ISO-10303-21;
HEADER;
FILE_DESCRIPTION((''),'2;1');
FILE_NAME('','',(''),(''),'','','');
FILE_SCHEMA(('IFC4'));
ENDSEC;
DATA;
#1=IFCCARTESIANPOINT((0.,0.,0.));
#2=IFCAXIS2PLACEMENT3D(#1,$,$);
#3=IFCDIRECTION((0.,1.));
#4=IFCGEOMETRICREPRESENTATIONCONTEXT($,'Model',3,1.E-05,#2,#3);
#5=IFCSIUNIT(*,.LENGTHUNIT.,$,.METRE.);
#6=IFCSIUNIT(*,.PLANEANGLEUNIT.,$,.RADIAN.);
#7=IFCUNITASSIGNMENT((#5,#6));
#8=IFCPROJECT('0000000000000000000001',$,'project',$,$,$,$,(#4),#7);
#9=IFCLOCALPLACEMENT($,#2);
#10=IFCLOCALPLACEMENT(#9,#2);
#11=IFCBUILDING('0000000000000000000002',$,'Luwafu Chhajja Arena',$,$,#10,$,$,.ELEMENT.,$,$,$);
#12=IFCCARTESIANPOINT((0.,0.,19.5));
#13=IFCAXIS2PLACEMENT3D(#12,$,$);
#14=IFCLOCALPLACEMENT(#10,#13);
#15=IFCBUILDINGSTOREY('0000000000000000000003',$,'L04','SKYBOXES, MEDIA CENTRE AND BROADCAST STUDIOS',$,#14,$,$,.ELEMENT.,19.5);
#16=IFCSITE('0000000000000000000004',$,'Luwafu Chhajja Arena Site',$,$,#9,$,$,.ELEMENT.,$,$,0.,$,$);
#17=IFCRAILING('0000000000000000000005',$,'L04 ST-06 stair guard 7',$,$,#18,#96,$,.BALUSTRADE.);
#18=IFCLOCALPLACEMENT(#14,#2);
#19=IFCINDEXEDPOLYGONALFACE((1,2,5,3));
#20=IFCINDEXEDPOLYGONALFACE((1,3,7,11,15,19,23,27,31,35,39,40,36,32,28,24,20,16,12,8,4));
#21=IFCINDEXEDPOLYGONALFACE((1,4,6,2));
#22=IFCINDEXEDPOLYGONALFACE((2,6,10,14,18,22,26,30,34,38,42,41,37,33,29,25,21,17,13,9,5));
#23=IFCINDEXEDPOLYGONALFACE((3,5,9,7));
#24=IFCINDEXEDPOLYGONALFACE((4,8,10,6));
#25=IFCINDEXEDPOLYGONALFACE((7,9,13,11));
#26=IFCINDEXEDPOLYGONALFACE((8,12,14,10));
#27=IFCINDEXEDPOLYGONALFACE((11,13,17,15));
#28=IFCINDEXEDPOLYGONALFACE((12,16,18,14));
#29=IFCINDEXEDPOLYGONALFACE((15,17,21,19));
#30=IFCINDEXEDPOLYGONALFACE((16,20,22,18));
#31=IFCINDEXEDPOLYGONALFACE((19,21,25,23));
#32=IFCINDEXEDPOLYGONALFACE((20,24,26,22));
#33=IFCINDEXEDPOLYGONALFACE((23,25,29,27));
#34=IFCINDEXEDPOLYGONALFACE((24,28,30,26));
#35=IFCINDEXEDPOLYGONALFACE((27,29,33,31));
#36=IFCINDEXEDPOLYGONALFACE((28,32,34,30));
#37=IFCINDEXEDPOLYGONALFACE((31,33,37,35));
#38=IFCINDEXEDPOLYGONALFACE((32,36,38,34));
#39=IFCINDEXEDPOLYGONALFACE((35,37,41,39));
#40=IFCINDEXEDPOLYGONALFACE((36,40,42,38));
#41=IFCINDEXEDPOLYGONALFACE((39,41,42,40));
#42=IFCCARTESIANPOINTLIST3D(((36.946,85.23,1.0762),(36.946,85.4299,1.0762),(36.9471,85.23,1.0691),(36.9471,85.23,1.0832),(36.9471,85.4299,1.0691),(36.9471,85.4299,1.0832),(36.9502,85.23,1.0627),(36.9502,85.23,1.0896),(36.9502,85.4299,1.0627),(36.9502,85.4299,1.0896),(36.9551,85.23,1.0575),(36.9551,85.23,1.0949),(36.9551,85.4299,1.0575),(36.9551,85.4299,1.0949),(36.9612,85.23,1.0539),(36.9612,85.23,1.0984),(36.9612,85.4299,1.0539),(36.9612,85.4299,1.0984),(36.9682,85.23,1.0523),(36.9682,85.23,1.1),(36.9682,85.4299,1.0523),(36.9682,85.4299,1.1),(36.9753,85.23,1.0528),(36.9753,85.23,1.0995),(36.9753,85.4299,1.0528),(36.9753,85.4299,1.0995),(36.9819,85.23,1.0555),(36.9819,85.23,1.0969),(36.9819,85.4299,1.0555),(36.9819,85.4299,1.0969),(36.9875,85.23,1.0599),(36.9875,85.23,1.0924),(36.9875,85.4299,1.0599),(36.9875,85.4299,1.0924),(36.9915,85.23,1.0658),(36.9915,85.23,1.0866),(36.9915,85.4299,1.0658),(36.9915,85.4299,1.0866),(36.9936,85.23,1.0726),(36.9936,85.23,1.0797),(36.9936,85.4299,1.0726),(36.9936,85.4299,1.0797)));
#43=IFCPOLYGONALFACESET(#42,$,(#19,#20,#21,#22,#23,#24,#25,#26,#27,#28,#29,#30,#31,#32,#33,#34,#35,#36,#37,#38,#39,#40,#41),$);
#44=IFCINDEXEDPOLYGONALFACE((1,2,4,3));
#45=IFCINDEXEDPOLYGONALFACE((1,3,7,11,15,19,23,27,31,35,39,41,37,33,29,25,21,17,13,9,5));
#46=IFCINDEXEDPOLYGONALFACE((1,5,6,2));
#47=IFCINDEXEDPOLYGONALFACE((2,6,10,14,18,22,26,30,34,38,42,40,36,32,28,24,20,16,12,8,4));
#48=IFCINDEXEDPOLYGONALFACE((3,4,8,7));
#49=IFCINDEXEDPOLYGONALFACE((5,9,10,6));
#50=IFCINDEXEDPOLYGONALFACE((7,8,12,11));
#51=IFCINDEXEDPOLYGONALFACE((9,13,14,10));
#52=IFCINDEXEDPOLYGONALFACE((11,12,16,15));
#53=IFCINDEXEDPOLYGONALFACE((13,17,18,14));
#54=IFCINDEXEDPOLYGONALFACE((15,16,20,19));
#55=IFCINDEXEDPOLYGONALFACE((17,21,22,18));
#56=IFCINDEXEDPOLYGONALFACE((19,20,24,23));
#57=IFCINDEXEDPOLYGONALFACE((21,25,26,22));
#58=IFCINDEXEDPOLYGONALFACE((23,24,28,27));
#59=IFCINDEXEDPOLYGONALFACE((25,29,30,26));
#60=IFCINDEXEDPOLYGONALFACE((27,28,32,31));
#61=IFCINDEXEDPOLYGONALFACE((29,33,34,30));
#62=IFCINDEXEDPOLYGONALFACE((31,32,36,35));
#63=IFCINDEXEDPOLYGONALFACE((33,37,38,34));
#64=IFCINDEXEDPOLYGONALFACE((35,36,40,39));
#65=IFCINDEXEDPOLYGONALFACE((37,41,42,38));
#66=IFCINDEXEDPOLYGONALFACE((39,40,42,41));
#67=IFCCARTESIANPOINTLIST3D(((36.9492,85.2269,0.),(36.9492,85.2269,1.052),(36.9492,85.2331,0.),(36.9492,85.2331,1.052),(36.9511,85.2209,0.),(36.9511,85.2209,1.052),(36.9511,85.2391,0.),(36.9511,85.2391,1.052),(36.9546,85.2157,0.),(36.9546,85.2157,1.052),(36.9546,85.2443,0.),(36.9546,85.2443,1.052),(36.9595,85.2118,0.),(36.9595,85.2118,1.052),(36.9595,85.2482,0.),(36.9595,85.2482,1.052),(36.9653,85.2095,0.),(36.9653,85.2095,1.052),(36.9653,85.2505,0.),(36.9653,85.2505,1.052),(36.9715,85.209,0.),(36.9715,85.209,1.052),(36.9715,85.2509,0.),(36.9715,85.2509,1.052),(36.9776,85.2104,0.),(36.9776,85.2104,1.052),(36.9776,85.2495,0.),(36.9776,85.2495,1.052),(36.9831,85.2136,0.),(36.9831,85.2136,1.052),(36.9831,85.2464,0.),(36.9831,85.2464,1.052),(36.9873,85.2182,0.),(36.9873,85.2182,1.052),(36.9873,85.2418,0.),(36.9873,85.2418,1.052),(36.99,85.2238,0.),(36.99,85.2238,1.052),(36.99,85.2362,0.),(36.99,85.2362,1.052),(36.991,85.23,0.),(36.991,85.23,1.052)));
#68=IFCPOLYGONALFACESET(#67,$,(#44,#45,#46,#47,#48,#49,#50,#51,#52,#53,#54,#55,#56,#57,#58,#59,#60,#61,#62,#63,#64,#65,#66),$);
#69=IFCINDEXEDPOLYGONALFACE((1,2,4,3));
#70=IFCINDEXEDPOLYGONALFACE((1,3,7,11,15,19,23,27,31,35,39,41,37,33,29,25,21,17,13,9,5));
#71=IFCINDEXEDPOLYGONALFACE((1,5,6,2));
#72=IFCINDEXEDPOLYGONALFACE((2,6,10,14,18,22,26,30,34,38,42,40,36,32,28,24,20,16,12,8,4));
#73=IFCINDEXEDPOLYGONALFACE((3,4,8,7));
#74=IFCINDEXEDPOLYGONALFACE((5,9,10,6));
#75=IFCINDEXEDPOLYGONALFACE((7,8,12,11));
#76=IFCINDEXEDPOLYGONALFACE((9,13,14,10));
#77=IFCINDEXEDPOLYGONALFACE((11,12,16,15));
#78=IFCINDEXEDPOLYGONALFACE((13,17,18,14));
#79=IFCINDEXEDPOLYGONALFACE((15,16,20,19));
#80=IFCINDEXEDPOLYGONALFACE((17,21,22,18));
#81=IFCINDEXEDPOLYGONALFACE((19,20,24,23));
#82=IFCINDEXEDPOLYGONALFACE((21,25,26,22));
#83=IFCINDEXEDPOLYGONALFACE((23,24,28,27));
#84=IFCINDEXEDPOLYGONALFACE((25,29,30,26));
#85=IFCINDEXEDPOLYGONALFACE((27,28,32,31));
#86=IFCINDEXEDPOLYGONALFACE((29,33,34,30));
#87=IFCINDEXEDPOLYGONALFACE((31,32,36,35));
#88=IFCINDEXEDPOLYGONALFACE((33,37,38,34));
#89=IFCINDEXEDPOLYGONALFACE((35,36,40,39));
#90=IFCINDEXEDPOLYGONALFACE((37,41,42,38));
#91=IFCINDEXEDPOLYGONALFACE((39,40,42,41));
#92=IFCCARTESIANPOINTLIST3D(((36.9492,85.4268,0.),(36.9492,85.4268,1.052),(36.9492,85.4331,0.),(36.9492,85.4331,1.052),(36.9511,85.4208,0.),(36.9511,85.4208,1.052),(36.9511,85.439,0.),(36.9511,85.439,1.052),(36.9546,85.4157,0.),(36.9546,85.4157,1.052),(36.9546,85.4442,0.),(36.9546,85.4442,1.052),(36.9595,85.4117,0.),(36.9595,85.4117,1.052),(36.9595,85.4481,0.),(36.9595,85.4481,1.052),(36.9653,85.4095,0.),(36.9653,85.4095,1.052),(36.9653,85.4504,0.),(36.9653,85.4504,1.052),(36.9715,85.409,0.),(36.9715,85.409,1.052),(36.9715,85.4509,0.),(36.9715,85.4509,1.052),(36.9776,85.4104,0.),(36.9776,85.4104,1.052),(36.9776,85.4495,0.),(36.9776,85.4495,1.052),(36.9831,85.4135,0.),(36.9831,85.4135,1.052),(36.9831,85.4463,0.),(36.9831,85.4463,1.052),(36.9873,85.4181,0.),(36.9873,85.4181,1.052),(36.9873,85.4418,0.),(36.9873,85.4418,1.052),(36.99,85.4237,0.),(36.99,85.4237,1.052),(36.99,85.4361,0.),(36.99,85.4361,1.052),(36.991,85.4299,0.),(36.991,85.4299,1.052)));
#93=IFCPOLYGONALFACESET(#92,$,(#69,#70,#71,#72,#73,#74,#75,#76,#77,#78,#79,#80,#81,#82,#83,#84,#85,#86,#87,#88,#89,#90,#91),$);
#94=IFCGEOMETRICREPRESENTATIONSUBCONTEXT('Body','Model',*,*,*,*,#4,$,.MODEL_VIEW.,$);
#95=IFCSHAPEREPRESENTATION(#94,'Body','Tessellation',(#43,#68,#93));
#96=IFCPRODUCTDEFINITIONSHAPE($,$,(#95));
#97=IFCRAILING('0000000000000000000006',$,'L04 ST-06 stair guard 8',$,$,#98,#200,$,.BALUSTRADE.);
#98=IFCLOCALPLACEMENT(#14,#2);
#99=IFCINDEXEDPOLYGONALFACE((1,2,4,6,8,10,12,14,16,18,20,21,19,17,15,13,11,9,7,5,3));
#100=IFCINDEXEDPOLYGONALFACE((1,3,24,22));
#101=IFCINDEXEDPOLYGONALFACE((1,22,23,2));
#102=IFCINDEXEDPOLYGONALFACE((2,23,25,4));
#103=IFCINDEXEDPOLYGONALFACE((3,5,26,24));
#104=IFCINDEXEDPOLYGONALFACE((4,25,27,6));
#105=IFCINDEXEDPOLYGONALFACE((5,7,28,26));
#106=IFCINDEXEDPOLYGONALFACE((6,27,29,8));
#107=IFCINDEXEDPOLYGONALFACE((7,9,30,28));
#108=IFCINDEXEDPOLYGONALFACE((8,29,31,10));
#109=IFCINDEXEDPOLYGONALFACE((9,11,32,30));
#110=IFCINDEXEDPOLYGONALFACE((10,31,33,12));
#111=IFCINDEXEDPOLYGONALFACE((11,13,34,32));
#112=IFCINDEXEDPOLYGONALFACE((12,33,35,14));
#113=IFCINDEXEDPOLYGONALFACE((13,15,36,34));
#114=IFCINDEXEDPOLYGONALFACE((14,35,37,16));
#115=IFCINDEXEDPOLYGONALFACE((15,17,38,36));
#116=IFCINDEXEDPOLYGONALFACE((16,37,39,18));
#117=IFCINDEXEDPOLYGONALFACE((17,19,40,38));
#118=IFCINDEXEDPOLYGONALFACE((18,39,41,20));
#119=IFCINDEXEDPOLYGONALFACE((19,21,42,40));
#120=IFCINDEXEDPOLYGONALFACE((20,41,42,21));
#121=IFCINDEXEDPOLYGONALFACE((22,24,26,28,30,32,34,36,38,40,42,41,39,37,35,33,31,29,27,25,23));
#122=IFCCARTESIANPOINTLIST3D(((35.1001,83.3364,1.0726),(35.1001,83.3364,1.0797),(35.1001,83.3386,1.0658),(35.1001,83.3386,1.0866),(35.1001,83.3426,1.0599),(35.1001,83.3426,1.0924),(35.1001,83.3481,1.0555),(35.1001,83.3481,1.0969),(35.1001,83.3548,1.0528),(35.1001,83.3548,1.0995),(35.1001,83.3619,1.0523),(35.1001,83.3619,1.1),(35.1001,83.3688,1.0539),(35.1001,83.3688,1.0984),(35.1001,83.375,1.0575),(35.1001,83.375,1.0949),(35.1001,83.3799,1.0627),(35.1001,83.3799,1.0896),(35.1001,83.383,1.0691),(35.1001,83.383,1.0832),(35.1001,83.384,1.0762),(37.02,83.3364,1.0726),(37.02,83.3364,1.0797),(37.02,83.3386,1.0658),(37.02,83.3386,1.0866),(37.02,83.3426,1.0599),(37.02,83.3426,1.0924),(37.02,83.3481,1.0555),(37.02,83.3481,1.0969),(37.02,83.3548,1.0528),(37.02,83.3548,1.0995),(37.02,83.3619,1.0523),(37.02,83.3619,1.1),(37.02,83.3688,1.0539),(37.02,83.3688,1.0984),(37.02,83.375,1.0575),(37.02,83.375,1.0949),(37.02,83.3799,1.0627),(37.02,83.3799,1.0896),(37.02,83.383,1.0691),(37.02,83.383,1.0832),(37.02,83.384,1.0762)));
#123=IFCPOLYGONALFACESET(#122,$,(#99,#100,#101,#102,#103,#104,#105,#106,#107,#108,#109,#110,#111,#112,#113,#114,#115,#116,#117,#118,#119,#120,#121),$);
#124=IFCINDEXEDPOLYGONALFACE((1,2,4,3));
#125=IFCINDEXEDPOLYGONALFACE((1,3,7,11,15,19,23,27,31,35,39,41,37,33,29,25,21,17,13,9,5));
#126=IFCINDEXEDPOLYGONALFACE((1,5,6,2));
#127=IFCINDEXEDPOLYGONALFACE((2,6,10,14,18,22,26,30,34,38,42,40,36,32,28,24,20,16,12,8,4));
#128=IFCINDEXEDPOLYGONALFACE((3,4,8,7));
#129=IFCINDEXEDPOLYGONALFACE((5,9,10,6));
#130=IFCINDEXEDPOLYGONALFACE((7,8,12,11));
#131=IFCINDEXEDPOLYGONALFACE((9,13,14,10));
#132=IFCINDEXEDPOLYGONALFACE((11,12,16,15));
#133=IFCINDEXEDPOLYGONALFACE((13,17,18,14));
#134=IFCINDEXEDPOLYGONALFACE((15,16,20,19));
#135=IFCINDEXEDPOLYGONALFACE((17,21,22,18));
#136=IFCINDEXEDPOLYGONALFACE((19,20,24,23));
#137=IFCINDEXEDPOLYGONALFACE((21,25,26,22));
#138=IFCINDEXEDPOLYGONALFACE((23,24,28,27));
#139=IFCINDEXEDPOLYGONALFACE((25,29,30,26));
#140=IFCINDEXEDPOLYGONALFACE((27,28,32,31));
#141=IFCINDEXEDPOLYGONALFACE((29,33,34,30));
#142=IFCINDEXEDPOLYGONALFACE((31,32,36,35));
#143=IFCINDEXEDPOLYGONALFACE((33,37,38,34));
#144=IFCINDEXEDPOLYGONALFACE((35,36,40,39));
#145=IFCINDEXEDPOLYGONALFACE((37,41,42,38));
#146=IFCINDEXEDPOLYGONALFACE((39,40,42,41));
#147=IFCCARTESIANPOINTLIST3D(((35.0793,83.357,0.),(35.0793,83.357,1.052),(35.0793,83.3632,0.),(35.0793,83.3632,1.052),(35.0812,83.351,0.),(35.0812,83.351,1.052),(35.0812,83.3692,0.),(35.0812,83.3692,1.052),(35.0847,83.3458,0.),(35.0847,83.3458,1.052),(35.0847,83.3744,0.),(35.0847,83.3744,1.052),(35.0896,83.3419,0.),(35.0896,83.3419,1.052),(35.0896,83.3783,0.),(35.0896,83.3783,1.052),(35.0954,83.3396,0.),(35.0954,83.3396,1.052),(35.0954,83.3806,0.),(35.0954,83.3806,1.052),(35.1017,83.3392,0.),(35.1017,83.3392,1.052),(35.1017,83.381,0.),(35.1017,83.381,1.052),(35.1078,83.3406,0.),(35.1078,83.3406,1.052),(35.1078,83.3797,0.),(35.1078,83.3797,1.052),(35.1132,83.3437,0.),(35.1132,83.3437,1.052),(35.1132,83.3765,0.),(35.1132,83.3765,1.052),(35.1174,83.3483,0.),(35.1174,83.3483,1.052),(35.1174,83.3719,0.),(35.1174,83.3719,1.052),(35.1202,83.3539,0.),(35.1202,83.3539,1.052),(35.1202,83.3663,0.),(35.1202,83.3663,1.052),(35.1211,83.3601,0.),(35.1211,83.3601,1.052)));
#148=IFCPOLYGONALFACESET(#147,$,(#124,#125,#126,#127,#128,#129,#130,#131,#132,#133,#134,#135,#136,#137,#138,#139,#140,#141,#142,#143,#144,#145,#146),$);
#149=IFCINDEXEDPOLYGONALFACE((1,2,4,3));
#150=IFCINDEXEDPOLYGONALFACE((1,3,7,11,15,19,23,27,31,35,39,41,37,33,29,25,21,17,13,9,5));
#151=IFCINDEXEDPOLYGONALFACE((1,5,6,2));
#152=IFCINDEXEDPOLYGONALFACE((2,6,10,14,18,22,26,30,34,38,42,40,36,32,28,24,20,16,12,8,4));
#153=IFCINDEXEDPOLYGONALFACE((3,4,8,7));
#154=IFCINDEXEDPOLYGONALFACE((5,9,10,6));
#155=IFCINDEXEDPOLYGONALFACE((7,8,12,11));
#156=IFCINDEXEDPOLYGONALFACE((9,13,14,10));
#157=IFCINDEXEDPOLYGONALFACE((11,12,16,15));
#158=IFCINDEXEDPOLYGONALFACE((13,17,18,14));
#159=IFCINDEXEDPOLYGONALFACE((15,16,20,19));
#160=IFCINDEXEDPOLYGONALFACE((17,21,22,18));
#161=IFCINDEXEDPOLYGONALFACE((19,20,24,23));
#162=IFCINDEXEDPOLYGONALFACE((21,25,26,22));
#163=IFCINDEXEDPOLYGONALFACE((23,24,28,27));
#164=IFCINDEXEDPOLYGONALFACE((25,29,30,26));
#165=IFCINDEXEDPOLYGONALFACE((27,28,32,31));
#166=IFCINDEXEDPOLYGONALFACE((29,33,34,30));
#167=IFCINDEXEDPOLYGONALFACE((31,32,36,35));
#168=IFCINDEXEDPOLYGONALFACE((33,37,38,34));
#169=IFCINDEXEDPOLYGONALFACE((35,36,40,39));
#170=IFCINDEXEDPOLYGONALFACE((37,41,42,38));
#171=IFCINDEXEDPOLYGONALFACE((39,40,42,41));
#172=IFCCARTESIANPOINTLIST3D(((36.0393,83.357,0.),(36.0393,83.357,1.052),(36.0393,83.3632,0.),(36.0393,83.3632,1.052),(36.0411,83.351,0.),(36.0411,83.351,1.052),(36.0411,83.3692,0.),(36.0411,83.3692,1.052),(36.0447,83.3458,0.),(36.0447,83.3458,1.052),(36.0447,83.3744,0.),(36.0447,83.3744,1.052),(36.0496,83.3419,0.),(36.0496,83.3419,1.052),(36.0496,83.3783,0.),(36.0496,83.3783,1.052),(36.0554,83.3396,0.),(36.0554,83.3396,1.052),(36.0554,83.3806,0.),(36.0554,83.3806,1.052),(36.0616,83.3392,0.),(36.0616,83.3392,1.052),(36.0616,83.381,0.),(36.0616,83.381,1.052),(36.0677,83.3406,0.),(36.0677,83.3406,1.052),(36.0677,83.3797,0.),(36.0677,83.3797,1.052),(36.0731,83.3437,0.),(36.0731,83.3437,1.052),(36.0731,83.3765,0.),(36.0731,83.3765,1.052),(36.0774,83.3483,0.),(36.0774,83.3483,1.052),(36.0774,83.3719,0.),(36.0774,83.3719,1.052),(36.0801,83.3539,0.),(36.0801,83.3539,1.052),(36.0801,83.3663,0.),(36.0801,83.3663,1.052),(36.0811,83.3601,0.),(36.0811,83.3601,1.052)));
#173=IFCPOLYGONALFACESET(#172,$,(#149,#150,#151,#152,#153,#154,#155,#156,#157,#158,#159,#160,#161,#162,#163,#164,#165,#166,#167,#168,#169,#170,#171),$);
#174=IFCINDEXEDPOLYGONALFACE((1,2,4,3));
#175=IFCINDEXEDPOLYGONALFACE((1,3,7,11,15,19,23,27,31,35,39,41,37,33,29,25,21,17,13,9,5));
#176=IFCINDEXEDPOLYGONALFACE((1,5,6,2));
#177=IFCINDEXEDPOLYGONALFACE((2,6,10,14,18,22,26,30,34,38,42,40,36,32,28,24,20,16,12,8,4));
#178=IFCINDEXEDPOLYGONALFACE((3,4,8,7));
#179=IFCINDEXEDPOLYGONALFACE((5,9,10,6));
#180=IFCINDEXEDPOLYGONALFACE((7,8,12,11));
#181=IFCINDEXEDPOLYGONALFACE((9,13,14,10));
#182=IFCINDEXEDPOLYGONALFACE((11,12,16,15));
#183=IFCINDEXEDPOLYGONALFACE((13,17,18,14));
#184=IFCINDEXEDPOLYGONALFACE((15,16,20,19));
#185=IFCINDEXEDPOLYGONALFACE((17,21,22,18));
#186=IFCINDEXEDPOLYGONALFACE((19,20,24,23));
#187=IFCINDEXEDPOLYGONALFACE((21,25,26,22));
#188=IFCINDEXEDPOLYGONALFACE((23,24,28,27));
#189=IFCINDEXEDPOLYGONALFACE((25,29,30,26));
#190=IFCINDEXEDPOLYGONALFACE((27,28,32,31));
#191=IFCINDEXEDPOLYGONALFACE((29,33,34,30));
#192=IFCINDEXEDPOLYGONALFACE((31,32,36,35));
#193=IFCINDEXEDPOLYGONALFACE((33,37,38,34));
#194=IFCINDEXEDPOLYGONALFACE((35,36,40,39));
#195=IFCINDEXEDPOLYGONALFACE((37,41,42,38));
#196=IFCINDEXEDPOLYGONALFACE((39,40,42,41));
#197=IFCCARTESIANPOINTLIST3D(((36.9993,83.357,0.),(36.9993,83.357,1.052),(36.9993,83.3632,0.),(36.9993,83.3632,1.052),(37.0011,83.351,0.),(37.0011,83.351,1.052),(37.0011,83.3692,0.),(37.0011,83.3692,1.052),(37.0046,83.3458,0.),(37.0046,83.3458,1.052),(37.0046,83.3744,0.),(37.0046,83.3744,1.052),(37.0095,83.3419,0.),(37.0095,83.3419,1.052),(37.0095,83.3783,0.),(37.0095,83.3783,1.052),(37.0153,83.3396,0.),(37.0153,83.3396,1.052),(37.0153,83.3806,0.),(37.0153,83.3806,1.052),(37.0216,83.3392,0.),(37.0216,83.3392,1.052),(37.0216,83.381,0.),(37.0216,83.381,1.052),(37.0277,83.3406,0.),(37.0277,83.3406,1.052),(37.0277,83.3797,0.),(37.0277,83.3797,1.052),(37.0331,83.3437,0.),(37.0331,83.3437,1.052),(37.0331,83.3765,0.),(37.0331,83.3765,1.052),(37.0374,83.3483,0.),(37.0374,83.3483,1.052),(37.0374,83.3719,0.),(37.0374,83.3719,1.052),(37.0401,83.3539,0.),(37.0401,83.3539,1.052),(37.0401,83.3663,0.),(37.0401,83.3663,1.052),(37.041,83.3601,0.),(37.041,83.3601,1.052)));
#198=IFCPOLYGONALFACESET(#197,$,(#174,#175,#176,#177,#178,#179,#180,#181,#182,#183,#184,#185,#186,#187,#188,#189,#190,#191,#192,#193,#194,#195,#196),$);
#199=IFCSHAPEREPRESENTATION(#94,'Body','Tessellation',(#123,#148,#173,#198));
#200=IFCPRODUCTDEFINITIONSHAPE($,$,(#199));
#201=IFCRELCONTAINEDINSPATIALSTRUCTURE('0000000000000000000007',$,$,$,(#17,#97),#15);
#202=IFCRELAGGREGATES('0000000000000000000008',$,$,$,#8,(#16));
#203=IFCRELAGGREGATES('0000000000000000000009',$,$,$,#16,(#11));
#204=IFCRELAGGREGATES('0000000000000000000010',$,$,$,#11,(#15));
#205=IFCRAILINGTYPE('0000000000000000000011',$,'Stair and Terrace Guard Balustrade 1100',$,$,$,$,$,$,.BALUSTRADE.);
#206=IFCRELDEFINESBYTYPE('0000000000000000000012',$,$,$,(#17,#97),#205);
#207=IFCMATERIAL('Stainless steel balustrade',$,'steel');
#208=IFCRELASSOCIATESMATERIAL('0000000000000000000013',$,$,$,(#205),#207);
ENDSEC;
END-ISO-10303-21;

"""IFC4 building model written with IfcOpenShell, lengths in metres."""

from ifc_helpers import new_model, si_unit, direction, frame, origin, origin_2d, place, context, subcontext, project, spatial, circle, extrude, material, type_object, element, save


model = new_model("IFC4")

# Units and contexts
model_context = context("Model", 3, precision=1e-05, world=origin(), true_north=direction((0.0, 1.0)))
body_context = subcontext(model_context, "Body", "Model", "MODEL_VIEW")
ifc_project = project(units=[si_unit("LENGTHUNIT", "METRE"), si_unit("PLANEANGLEUNIT", "RADIAN")], contexts=[model_context])

# Site, building, storey
site_placement = place(None, origin())
site = spatial("IfcSite", under=ifc_project, at=site_placement, Name="Luwafu Chhajja Arena Site", CompositionType="ELEMENT", RefElevation=0.0)
building_placement = place(site_placement, origin())
building = spatial("IfcBuilding", under=site, at=building_placement, Name="Luwafu Chhajja Arena", CompositionType="ELEMENT")
storey_placement = place(building_placement, frame((0.0, 0.0, 19.5)))
storey = spatial("IfcBuildingStorey", under=building, at=storey_placement, Name="L04", Description="SKYBOXES, MEDIA CENTRE AND BROADCAST STUDIOS", CompositionType="ELEMENT", Elevation=19.5)

# Railings
ifc_material_1 = material(Name="Stainless steel balustrade", Category="steel")
railing_type = type_object("IfcRailingType", Name="Stair and Terrace Guard Balustrade 1100", PredefinedType="BALUSTRADE", material=ifc_material_1)
railing_placement = place(storey_placement, frame((36.97, 85.23, 0.0)))
element("IfcRailing", 1, at=railing_placement, inside=storey, type_object=railing_type, Name="L04 ST-06 stair guard 7", PredefinedType="BALUSTRADE", context=body_context, shape_type="SweptSolid", body=[
    extrude(circle(Radius=0.0239, at=origin_2d()), frame((0.0, 0.0, 1.0762), z_axis=(0.0, 1.0, 0.0), x_axis=(-1.0, 0.0, 0.0)), (0.0, 0.0, 1.0), 0.2),
    extrude(circle(Radius=0.021, at=origin_2d()), origin(), (0.0, 0.0, 1.0), 1.052),
    extrude(circle(Radius=0.021, at=origin_2d()), frame((0.0, 0.2, 0.0)), (0.0, 0.0, 1.0), 1.052),
])
for number, where, name in (
    (2, (35.1001, 83.3601, 0.0), "L04 ST-06 stair guard 8"),
):
    element("IfcRailing", number, at=place(storey_placement, frame(where)), inside=storey, type_object=railing_type, Name=name, PredefinedType="BALUSTRADE", context=body_context, shape_type="SweptSolid", body=[
        extrude(circle(Radius=0.0239, at=origin_2d()), frame((0.0, 0.0, 1.0762), z_axis=(1.0, 0.0, 0.0), x_axis=(0.0, 1.0, 0.0)), (0.0, 0.0, 1.0), 1.9199),
        extrude(circle(Radius=0.021, at=origin_2d()), origin(), (0.0, 0.0, 1.0), 1.052),
        extrude(circle(Radius=0.021, at=origin_2d()), frame((0.96, 0.0, 0.0)), (0.0, 0.0, 1.0), 1.052),
        extrude(circle(Radius=0.021, at=origin_2d()), frame((1.9199, 0.0, 0.0)), (0.0, 0.0, 1.0), 1.052),
    ])

save(model, "model.ifc")
